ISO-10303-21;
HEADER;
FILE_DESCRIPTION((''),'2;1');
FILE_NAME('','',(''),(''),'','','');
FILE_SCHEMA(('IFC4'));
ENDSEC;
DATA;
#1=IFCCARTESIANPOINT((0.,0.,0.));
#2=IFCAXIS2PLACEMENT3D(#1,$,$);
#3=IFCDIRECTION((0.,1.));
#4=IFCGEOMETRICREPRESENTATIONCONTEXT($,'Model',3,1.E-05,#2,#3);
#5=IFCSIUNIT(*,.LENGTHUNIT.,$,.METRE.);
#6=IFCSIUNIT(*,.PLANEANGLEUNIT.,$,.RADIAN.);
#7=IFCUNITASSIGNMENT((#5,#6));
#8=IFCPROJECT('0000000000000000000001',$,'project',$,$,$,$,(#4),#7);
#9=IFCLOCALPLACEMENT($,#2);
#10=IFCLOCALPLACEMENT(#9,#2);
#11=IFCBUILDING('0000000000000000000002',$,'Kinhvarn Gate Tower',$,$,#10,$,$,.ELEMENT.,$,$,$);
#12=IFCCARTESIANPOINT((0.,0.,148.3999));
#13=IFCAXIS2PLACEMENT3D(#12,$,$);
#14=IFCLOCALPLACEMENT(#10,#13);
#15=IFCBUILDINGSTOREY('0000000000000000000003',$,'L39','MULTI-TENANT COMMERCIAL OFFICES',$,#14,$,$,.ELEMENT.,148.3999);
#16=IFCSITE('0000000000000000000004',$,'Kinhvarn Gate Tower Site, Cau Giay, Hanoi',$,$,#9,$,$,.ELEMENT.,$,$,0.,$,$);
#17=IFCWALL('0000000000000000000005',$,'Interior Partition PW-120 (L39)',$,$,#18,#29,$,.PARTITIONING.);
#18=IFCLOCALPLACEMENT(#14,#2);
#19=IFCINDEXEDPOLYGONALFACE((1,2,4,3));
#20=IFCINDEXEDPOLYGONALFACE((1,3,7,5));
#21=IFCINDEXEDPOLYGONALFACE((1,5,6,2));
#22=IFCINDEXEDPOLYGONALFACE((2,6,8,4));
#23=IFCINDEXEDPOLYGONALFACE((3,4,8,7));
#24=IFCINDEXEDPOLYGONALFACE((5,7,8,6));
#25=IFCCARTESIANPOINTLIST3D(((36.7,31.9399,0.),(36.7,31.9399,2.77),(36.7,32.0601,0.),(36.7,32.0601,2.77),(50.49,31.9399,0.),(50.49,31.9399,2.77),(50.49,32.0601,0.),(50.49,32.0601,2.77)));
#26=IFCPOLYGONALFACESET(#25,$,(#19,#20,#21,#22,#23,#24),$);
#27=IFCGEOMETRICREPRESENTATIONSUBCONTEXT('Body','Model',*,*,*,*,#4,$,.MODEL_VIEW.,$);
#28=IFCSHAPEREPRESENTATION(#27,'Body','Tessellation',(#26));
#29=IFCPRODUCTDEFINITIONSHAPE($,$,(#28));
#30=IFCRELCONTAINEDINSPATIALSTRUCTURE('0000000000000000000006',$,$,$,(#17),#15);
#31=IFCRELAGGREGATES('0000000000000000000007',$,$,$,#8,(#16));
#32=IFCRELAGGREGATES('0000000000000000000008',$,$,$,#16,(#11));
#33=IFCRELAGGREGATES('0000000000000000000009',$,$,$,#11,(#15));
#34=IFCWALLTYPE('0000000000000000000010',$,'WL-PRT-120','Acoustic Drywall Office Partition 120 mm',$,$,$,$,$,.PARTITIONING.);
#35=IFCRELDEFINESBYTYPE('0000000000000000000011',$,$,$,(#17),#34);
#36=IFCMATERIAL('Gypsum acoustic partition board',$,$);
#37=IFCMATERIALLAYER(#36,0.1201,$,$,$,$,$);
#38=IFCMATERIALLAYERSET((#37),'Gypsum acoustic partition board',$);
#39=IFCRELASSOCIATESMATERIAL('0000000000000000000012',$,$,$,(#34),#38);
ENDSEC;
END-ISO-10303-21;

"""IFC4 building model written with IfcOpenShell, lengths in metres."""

from ifc_helpers import new_model, si_unit, direction, frame, frame_2d, origin, place, context, subcontext, project, spatial, rectangle, extrude, material, layer, layer_set, type_object, element, save


model = new_model("IFC4")

# Units and contexts
model_context = context("Model", 3, precision=1e-05, world=origin(), true_north=direction((0.0, 1.0)))
body_context = subcontext(model_context, "Body", "Model", "MODEL_VIEW")
ifc_project = project(units=[si_unit("LENGTHUNIT", "METRE"), si_unit("PLANEANGLEUNIT", "RADIAN")], contexts=[model_context])

# Site, building, storey
site_placement = place(None, origin())
site = spatial("IfcSite", under=ifc_project, at=site_placement, Name="Kinhvarn Gate Tower Site, Cau Giay, Hanoi", CompositionType="ELEMENT", RefElevation=0.0)
building_placement = place(site_placement, origin())
building = spatial("IfcBuilding", under=site, at=building_placement, Name="Kinhvarn Gate Tower", CompositionType="ELEMENT")
storey_placement = place(building_placement, frame((0.0, 0.0, 148.3999)))
storey = spatial("IfcBuildingStorey", under=building, at=storey_placement, Name="L39", Description="MULTI-TENANT COMMERCIAL OFFICES", CompositionType="ELEMENT", Elevation=148.3999)

# Wall
ifc_material_1 = material(Name="Gypsum acoustic partition board")
ifc_layer_1 = layer(ifc_material_1, 0.1201)
ifc_layer_set_1 = layer_set([ifc_layer_1], Name="Gypsum acoustic partition board")
wall_type = type_object("IfcWallType", Name="WL-PRT-120", Description="Acoustic Drywall Office Partition 120 mm", PredefinedType="PARTITIONING", material=ifc_layer_set_1)
wall_placement = place(storey_placement, frame((36.7, 32.0, 0.0), z_axis=(0.0, 0.0, 1.0), x_axis=(1.0, 0.0, 0.0)))
element("IfcWall", 1, at=wall_placement, inside=storey, type_object=wall_type, Name="Interior Partition PW-120 (L39)", PredefinedType="PARTITIONING", context=body_context, shape_type="SweptSolid", body=[
    extrude(rectangle(XDim=13.79, YDim=0.1201, at=frame_2d((6.895, 0.0))), origin(), (0.0, 0.0, 1.0), 2.77),
])

save(model, "model.ifc")
